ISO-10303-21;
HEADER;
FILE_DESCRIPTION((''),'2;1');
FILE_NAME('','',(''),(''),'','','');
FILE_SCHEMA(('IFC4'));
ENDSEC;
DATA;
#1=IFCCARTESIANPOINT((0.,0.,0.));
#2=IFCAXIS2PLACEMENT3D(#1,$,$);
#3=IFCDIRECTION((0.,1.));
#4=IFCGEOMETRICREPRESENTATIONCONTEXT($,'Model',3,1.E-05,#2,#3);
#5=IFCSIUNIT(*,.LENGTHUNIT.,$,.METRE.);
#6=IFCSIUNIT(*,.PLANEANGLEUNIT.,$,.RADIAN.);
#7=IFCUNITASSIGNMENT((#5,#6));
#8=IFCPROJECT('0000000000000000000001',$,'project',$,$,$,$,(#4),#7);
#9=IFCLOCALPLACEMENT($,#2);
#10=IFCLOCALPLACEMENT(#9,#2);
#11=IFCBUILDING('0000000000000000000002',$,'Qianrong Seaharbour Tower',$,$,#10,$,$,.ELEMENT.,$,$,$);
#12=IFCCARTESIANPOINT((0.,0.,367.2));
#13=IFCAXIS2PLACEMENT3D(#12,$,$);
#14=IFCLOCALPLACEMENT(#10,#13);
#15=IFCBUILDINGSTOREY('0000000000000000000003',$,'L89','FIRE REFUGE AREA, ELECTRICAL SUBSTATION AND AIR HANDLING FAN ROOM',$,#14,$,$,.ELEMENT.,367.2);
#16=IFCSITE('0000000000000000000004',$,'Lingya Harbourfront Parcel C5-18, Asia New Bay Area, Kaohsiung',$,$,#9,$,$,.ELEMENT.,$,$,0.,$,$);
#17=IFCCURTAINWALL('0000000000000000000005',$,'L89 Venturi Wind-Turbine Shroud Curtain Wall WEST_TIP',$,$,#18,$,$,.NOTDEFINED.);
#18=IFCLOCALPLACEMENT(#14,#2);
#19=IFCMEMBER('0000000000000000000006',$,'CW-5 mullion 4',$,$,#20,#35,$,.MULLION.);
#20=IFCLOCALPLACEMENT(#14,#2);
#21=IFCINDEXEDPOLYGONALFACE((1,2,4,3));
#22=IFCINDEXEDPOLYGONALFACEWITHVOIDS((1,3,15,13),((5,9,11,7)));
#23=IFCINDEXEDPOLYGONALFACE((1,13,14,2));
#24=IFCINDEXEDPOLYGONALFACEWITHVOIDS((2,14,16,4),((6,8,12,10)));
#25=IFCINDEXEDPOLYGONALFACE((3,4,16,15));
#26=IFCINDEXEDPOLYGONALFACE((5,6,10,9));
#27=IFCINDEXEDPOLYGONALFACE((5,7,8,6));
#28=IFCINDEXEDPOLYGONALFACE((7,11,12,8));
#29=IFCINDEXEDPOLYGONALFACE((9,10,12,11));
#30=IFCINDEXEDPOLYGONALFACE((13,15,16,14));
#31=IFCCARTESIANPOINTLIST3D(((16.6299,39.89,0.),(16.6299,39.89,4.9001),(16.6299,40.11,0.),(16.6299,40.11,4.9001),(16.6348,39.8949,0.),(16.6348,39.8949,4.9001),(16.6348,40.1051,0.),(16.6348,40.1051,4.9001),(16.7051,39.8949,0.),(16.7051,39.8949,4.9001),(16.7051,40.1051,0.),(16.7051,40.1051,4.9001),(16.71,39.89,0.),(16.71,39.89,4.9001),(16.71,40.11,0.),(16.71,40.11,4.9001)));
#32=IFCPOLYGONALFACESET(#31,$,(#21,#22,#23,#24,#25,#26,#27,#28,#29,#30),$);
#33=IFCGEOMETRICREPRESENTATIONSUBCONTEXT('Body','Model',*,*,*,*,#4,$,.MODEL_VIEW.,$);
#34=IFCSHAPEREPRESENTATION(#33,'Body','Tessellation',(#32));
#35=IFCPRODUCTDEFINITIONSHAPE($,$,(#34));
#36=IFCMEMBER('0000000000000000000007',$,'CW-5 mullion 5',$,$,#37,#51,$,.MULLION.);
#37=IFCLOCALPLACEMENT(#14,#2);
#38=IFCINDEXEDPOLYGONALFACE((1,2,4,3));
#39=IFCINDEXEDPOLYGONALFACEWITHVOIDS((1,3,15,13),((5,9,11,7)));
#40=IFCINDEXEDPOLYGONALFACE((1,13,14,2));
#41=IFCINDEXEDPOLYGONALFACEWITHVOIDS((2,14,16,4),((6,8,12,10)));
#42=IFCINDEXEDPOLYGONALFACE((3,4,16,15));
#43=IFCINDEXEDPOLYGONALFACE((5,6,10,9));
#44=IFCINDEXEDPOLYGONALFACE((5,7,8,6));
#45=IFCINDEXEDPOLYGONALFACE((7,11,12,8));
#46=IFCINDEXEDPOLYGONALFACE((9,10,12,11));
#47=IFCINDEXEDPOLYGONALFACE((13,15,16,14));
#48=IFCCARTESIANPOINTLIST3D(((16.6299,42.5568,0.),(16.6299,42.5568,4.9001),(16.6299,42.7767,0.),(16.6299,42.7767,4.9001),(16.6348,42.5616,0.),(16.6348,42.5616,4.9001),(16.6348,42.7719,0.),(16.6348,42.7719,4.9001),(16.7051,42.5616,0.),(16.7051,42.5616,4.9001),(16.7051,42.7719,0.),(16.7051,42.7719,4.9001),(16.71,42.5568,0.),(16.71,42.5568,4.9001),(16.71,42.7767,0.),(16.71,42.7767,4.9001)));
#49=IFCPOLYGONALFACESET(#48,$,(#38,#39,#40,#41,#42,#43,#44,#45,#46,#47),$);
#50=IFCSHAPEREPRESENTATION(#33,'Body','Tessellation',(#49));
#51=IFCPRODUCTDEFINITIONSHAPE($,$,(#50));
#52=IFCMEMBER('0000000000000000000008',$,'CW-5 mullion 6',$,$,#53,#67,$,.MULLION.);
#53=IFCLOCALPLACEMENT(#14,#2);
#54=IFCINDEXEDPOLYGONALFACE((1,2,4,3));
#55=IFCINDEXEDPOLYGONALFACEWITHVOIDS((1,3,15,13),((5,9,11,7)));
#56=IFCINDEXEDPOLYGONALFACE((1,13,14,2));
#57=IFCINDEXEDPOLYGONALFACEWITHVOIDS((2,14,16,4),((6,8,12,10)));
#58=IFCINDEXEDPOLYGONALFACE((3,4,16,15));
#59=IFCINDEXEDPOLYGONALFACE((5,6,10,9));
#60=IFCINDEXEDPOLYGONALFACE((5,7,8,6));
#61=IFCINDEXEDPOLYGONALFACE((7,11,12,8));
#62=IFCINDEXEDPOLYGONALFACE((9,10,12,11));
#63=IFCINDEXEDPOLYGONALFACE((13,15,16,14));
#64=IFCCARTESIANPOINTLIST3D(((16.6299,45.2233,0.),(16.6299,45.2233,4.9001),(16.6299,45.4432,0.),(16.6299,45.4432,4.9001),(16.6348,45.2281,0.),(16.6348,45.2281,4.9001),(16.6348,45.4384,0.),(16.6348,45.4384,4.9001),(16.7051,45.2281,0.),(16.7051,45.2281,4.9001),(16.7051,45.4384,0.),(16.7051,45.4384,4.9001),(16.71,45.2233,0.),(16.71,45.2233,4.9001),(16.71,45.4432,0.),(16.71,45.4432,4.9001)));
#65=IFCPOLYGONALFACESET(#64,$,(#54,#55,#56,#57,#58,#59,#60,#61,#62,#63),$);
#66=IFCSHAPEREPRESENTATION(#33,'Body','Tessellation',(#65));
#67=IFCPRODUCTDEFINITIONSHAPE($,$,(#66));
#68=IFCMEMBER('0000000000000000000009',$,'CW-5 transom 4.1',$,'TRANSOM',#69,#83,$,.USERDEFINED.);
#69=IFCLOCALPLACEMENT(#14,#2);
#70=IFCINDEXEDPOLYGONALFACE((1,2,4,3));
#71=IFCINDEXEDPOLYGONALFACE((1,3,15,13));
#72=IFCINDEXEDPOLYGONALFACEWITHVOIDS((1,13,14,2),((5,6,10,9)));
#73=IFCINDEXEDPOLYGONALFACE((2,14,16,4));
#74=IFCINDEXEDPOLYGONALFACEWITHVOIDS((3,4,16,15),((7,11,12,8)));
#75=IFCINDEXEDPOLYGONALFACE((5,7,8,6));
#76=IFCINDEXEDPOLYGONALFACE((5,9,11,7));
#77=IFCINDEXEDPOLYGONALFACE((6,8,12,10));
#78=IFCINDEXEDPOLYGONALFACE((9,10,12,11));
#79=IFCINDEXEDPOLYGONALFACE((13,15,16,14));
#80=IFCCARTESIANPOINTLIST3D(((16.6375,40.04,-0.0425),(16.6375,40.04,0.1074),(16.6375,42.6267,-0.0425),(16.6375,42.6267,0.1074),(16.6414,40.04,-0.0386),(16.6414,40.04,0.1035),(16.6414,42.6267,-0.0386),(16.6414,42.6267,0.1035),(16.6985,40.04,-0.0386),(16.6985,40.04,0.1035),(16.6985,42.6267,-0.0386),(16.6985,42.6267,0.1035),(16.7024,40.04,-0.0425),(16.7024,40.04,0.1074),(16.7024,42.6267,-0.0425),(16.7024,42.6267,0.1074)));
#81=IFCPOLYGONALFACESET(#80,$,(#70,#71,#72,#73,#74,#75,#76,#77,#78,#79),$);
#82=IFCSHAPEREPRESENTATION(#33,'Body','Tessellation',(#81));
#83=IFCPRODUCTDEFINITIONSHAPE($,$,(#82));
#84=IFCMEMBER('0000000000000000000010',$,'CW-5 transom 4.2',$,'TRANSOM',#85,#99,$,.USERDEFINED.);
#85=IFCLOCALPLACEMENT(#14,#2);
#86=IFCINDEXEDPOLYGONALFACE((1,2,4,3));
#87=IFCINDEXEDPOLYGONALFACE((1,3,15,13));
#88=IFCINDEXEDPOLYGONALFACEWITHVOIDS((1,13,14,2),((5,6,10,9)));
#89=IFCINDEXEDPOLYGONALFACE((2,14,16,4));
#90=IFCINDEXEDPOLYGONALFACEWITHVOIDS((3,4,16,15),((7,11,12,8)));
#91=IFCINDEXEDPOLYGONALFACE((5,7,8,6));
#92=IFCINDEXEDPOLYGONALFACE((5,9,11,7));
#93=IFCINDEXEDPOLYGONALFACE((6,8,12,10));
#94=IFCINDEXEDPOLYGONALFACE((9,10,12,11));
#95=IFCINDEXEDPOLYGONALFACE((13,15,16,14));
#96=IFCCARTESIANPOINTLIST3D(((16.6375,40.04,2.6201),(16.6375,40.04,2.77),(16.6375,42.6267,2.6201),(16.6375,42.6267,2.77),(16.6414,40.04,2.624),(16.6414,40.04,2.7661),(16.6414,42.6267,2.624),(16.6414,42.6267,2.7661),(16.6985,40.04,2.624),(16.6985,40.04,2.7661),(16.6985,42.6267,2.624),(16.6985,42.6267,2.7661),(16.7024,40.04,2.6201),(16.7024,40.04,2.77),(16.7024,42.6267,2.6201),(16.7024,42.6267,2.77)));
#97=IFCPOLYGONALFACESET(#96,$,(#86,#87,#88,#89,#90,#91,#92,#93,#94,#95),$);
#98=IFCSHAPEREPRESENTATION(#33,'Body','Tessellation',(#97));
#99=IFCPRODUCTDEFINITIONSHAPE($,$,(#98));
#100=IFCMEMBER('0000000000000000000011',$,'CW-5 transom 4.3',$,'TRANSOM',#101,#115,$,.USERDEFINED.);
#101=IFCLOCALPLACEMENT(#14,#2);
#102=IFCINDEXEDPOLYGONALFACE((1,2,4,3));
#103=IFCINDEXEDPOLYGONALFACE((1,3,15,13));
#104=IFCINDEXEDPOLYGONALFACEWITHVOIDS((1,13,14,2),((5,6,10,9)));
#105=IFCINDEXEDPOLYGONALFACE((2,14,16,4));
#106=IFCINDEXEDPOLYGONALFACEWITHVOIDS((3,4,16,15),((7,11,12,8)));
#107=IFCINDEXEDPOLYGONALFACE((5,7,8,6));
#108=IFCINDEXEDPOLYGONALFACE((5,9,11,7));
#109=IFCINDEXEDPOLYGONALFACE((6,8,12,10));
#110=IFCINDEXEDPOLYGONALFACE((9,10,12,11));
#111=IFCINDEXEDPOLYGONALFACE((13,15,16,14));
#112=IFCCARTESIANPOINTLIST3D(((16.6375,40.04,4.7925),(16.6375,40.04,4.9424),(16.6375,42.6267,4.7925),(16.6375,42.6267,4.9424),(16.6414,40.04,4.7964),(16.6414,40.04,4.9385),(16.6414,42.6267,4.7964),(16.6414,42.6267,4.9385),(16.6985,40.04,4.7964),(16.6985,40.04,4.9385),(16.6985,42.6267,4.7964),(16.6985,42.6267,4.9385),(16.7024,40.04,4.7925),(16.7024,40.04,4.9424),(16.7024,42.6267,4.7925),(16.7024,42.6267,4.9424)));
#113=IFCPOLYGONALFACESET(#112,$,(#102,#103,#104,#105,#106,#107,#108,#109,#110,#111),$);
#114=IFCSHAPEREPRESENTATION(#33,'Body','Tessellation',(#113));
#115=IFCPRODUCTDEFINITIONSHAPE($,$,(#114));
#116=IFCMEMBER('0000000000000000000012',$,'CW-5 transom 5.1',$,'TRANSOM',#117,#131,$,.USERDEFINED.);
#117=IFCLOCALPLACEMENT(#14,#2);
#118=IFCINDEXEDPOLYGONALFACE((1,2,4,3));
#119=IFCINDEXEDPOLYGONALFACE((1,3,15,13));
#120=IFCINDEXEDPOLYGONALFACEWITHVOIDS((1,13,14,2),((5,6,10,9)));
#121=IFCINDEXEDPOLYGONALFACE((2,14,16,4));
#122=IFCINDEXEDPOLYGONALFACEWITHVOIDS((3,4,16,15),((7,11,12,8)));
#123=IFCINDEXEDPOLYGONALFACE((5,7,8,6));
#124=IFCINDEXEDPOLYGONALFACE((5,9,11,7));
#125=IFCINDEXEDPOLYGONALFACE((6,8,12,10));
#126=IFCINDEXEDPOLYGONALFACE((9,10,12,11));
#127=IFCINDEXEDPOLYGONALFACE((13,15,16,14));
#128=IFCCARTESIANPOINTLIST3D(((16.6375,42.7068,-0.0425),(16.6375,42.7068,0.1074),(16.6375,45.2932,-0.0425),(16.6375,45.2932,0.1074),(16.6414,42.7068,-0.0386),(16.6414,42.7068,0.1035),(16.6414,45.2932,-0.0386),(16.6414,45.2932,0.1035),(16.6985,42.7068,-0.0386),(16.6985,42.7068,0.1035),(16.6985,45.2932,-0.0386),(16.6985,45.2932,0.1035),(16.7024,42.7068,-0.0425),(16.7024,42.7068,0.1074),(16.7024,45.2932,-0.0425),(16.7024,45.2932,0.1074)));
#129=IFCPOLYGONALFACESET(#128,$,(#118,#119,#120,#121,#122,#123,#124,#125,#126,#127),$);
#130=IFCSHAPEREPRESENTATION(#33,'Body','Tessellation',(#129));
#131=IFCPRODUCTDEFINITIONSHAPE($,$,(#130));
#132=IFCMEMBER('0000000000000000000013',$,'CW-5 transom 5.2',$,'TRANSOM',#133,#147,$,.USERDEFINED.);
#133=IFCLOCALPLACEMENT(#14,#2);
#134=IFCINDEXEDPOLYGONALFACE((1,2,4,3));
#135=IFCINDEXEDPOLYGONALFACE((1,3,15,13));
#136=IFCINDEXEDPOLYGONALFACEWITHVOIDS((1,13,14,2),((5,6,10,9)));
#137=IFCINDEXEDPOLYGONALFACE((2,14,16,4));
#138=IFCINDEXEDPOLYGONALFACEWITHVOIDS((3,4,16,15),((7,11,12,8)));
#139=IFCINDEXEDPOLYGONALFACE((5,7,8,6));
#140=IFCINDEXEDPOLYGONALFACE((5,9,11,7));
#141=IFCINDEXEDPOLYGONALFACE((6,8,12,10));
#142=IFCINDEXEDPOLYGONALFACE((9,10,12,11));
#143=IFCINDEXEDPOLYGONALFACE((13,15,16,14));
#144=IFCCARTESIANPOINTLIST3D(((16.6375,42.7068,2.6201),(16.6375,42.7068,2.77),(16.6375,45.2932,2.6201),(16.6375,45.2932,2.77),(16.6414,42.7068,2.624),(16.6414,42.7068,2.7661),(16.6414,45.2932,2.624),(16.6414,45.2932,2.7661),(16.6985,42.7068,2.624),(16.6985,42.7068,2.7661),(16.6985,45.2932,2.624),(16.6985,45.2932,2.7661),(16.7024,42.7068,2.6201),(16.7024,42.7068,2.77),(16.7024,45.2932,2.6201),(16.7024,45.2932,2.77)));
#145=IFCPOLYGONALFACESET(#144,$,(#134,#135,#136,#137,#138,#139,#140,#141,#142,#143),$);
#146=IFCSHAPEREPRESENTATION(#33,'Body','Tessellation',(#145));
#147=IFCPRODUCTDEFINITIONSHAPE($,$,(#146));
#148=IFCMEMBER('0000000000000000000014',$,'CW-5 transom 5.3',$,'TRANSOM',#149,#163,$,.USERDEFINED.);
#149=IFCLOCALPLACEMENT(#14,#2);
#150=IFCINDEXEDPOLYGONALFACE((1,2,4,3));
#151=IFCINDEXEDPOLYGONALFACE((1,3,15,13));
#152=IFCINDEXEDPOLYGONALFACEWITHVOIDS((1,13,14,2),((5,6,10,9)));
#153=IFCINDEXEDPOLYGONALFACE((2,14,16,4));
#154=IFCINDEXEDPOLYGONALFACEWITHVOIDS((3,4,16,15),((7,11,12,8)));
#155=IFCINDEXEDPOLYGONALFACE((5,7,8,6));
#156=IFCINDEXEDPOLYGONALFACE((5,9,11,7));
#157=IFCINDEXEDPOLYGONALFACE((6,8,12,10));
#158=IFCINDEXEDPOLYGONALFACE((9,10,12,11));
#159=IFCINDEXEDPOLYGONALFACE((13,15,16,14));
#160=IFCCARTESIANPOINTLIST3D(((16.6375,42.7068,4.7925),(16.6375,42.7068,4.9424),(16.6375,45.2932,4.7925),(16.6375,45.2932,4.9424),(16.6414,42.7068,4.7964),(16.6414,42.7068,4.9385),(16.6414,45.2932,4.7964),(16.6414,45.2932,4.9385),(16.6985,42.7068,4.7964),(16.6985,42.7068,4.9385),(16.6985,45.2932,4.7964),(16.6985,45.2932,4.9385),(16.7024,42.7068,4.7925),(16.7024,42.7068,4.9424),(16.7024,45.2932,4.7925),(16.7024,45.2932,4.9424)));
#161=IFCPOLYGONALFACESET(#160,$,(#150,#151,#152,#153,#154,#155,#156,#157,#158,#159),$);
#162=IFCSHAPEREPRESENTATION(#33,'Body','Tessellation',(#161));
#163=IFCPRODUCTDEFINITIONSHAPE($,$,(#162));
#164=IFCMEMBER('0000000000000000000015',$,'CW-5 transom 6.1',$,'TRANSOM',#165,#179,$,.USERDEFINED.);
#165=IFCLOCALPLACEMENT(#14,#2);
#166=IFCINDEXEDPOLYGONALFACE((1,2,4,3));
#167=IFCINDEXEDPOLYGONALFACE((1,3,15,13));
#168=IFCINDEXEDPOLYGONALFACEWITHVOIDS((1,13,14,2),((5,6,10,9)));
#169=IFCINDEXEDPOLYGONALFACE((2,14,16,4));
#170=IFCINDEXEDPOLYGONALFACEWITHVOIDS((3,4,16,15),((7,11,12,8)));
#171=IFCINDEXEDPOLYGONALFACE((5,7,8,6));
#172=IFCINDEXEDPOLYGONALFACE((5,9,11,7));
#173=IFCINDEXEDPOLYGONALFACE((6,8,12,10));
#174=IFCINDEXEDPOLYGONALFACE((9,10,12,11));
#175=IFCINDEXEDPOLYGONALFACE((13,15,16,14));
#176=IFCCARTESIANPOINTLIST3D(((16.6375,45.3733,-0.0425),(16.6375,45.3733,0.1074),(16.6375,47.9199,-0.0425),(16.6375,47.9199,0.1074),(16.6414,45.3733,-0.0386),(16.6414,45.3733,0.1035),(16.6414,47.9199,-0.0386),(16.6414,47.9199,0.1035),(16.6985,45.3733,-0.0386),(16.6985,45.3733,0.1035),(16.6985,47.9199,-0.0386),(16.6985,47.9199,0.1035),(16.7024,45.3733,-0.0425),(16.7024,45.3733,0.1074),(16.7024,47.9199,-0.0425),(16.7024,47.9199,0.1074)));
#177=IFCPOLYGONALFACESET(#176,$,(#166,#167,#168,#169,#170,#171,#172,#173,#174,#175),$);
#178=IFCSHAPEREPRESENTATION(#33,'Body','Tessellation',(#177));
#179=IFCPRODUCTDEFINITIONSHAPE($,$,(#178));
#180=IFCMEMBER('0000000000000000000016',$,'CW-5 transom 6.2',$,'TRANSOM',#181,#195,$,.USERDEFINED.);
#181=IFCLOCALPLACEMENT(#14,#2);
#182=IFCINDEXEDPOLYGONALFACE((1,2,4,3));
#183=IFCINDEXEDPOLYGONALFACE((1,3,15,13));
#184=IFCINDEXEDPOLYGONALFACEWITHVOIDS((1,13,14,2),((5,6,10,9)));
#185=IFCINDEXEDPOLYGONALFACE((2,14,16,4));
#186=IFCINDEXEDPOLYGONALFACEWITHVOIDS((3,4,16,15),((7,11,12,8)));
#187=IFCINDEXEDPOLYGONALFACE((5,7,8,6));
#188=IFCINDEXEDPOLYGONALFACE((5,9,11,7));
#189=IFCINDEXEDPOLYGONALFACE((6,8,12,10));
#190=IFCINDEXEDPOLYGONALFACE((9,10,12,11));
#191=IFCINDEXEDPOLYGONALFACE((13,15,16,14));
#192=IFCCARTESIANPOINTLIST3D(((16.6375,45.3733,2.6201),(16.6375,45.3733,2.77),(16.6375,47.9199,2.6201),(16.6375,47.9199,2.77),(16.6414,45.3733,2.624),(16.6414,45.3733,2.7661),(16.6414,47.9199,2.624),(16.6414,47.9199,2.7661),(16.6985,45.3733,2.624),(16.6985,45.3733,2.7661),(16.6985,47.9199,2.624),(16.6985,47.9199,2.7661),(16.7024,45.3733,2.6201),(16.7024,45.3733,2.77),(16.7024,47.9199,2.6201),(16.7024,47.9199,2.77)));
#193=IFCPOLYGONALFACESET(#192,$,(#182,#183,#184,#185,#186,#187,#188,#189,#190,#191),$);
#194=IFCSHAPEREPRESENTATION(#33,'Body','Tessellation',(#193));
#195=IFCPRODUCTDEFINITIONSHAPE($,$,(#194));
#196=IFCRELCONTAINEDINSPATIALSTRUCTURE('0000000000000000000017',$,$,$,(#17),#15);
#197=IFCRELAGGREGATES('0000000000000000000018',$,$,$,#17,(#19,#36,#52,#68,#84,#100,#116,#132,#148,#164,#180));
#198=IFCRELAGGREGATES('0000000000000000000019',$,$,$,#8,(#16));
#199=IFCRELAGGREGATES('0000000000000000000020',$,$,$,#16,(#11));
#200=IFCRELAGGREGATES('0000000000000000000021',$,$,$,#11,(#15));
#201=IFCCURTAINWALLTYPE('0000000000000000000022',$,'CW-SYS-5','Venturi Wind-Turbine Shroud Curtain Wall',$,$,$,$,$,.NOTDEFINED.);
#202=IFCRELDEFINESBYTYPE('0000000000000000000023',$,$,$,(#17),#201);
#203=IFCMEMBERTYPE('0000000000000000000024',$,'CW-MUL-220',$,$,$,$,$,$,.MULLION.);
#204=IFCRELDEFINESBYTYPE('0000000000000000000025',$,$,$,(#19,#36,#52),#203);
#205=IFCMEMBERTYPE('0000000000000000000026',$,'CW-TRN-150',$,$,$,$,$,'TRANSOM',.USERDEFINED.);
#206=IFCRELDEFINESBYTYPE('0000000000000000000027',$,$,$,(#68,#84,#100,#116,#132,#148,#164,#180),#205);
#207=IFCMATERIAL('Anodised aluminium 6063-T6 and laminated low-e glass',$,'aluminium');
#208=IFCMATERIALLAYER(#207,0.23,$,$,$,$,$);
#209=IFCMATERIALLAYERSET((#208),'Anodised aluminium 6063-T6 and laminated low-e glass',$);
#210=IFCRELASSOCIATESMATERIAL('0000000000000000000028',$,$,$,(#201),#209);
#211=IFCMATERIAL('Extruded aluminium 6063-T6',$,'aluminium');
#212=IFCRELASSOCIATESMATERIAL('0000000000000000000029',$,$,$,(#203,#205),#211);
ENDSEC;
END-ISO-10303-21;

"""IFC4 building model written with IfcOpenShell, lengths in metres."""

from ifc_helpers import new_model, si_unit, direction, frame, origin, origin_2d, place, context, subcontext, project, spatial, hollow_rectangle, extrude, material, layer, layer_set, material_profile, profile_set, type_object, element, aggregate, save


model = new_model("IFC4")

# Units and contexts
model_context = context("Model", 3, precision=1e-05, world=origin(), true_north=direction((0.0, 1.0)))
body_context = subcontext(model_context, "Body", "Model", "MODEL_VIEW")
ifc_project = project(units=[si_unit("LENGTHUNIT", "METRE"), si_unit("PLANEANGLEUNIT", "RADIAN")], contexts=[model_context])

# Site, building, storey
site_placement = place(None, origin())
site = spatial("IfcSite", under=ifc_project, at=site_placement, Name="Lingya Harbourfront Parcel C5-18, Asia New Bay Area, Kaohsiung", CompositionType="ELEMENT", RefElevation=0.0)
building_placement = place(site_placement, origin())
building = spatial("IfcBuilding", under=site, at=building_placement, Name="Qianrong Seaharbour Tower", CompositionType="ELEMENT")
storey_placement = place(building_placement, frame((0.0, 0.0, 367.2)))
storey = spatial("IfcBuildingStorey", under=building, at=storey_placement, Name="L89", Description="FIRE REFUGE AREA, ELECTRICAL SUBSTATION AND AIR HANDLING FAN ROOM", CompositionType="ELEMENT", Elevation=367.2)

# Curtain wall, members
ifc_material_1 = material(Name="Anodised aluminium 6063-T6 and laminated low-e glass", Category="aluminium")
ifc_layer_1 = layer(ifc_material_1, 0.23)
ifc_layer_set_1 = layer_set([ifc_layer_1], Name="Anodised aluminium 6063-T6 and laminated low-e glass")
curtain_wall_type = type_object("IfcCurtainWallType", Name="CW-SYS-5", Description="Venturi Wind-Turbine Shroud Curtain Wall", PredefinedType="NOTDEFINED", material=ifc_layer_set_1)
curtain_wall_placement = place(storey_placement, origin())
curtain_wall = element("IfcCurtainWall", 1, at=curtain_wall_placement, inside=storey, type_object=curtain_wall_type, Name="L89 Venturi Wind-Turbine Shroud Curtain Wall WEST_TIP", PredefinedType="NOTDEFINED")
ifc_material_2 = material(Name="Extruded aluminium 6063-T6", Category="aluminium")
ifc_material_profile_1 = material_profile(ifc_material_2, hollow_rectangle(XDim=0.0801, YDim=0.22, WallThickness=0.0049, at=origin_2d()), Name="ALU-MUL-220x80x5")
ifc_profile_set_1 = profile_set([ifc_material_profile_1], Name="Extruded aluminium 6063-T6")
member_type_1 = type_object("IfcMemberType", Name="CW-MUL-220", PredefinedType="MULLION", material=ifc_profile_set_1)
member_1_placement = place(storey_placement, frame((16.6699, 40.0, 0.0), z_axis=(0.0, 0.0, 1.0), x_axis=(-1.0, 0.0, 0.0)))
member_1 = element("IfcMember", 2, at=member_1_placement, type_object=member_type_1, Name="CW-5 mullion 4", PredefinedType="MULLION", context=body_context, shape_type="SweptSolid", body=[
    extrude(hollow_rectangle(XDim=0.0801, YDim=0.22, WallThickness=0.0049, at=origin_2d()), origin(), (0.0, 0.0, 1.0), 4.9001),
])
member_2_placement = place(storey_placement, frame((16.6699, 42.6667, 0.0), z_axis=(0.0, 0.0, 1.0), x_axis=(-1.0, 0.0, 0.0)))
member_2 = element("IfcMember", 3, at=member_2_placement, type_object=member_type_1, Name="CW-5 mullion 5", PredefinedType="MULLION", context=body_context, shape_type="SweptSolid", body=[
    extrude(hollow_rectangle(XDim=0.0801, YDim=0.22, WallThickness=0.0049, at=origin_2d()), origin(), (0.0, 0.0, 1.0), 4.9001),
])
member_3_placement = place(storey_placement, frame((16.6699, 45.3333, 0.0), z_axis=(0.0, 0.0, 1.0), x_axis=(-1.0, 0.0, 0.0)))
member_3 = element("IfcMember", 4, at=member_3_placement, type_object=member_type_1, Name="CW-5 mullion 6", PredefinedType="MULLION", context=body_context, shape_type="SweptSolid", body=[
    extrude(hollow_rectangle(XDim=0.0801, YDim=0.22, WallThickness=0.0049, at=origin_2d()), origin(), (0.0, 0.0, 1.0), 4.9001),
])
ifc_material_profile_2 = material_profile(ifc_material_2, hollow_rectangle(XDim=0.0649, YDim=0.1499, WallThickness=0.0039, at=origin_2d()), Name="ALU-TRN-150x65x4")
ifc_profile_set_2 = profile_set([ifc_material_profile_2], Name="Extruded aluminium 6063-T6")
member_type_2 = type_object("IfcMemberType", Name="CW-TRN-150", ElementType="TRANSOM", PredefinedType="USERDEFINED", material=ifc_profile_set_2)
member_4_placement = place(storey_placement, frame((16.6699, 40.04, 0.0325), z_axis=(0.0, 1.0, 0.0), x_axis=(-1.0, 0.0, 0.0)))
member_4 = element("IfcMember", 5, at=member_4_placement, type_object=member_type_2, Name="CW-5 transom 4.1", ObjectType="TRANSOM", PredefinedType="USERDEFINED", context=body_context, shape_type="SweptSolid", body=[
    extrude(hollow_rectangle(XDim=0.0649, YDim=0.1499, WallThickness=0.0039, at=origin_2d()), origin(), (0.0, 0.0, 1.0), 2.5867),
])
member_5_placement = place(storey_placement, frame((16.6699, 40.04, 2.6951), z_axis=(0.0, 1.0, 0.0), x_axis=(-1.0, 0.0, 0.0)))
member_5 = element("IfcMember", 6, at=member_5_placement, type_object=member_type_2, Name="CW-5 transom 4.2", ObjectType="TRANSOM", PredefinedType="USERDEFINED", context=body_context, shape_type="SweptSolid", body=[
    extrude(hollow_rectangle(XDim=0.0649, YDim=0.1499, WallThickness=0.0039, at=origin_2d()), origin(), (0.0, 0.0, 1.0), 2.5867),
])
member_6_placement = place(storey_placement, frame((16.6699, 40.04, 4.8674), z_axis=(0.0, 1.0, 0.0), x_axis=(-1.0, 0.0, 0.0)))
member_6 = element("IfcMember", 7, at=member_6_placement, type_object=member_type_2, Name="CW-5 transom 4.3", ObjectType="TRANSOM", PredefinedType="USERDEFINED", context=body_context, shape_type="SweptSolid", body=[
    extrude(hollow_rectangle(XDim=0.0649, YDim=0.1499, WallThickness=0.0039, at=origin_2d()), origin(), (0.0, 0.0, 1.0), 2.5867),
])
member_7_placement = place(storey_placement, frame((16.6699, 42.7068, 0.0325), z_axis=(0.0, 1.0, 0.0), x_axis=(-1.0, 0.0, 0.0)))
member_7 = element("IfcMember", 8, at=member_7_placement, type_object=member_type_2, Name="CW-5 transom 5.1", ObjectType="TRANSOM", PredefinedType="USERDEFINED", context=body_context, shape_type="SweptSolid", body=[
    extrude(hollow_rectangle(XDim=0.0649, YDim=0.1499, WallThickness=0.0039, at=origin_2d()), origin(), (0.0, 0.0, 1.0), 2.5864),
])
member_8_placement = place(storey_placement, frame((16.6699, 42.7068, 2.6951), z_axis=(0.0, 1.0, 0.0), x_axis=(-1.0, 0.0, 0.0)))
member_8 = element("IfcMember", 9, at=member_8_placement, type_object=member_type_2, Name="CW-5 transom 5.2", ObjectType="TRANSOM", PredefinedType="USERDEFINED", context=body_context, shape_type="SweptSolid", body=[
    extrude(hollow_rectangle(XDim=0.0649, YDim=0.1499, WallThickness=0.0039, at=origin_2d()), origin(), (0.0, 0.0, 1.0), 2.5864),
])
member_9_placement = place(storey_placement, frame((16.6699, 42.7068, 4.8674), z_axis=(0.0, 1.0, 0.0), x_axis=(-1.0, 0.0, 0.0)))
member_9 = element("IfcMember", 10, at=member_9_placement, type_object=member_type_2, Name="CW-5 transom 5.3", ObjectType="TRANSOM", PredefinedType="USERDEFINED", context=body_context, shape_type="SweptSolid", body=[
    extrude(hollow_rectangle(XDim=0.0649, YDim=0.1499, WallThickness=0.0039, at=origin_2d()), origin(), (0.0, 0.0, 1.0), 2.5864),
])
member_10_placement = place(storey_placement, frame((16.6699, 45.3733, 0.0325), z_axis=(0.0, 1.0, 0.0), x_axis=(-1.0, 0.0, 0.0)))
member_10 = element("IfcMember", 11, at=member_10_placement, type_object=member_type_2, Name="CW-5 transom 6.1", ObjectType="TRANSOM", PredefinedType="USERDEFINED", context=body_context, shape_type="SweptSolid", body=[
    extrude(hollow_rectangle(XDim=0.0649, YDim=0.1499, WallThickness=0.0039, at=origin_2d()), origin(), (0.0, 0.0, 1.0), 2.5466),
])
member_11_placement = place(storey_placement, frame((16.6699, 45.3733, 2.6951), z_axis=(0.0, 1.0, 0.0), x_axis=(-1.0, 0.0, 0.0)))
member_11 = element("IfcMember", 12, at=member_11_placement, type_object=member_type_2, Name="CW-5 transom 6.2", ObjectType="TRANSOM", PredefinedType="USERDEFINED", context=body_context, shape_type="SweptSolid", body=[
    extrude(hollow_rectangle(XDim=0.0649, YDim=0.1499, WallThickness=0.0039, at=origin_2d()), origin(), (0.0, 0.0, 1.0), 2.5466),
])
aggregate(curtain_wall, [member_1, member_2, member_3, member_4, member_5, member_6, member_7, member_8, member_9, member_10, member_11])

save(model, "model.ifc")
